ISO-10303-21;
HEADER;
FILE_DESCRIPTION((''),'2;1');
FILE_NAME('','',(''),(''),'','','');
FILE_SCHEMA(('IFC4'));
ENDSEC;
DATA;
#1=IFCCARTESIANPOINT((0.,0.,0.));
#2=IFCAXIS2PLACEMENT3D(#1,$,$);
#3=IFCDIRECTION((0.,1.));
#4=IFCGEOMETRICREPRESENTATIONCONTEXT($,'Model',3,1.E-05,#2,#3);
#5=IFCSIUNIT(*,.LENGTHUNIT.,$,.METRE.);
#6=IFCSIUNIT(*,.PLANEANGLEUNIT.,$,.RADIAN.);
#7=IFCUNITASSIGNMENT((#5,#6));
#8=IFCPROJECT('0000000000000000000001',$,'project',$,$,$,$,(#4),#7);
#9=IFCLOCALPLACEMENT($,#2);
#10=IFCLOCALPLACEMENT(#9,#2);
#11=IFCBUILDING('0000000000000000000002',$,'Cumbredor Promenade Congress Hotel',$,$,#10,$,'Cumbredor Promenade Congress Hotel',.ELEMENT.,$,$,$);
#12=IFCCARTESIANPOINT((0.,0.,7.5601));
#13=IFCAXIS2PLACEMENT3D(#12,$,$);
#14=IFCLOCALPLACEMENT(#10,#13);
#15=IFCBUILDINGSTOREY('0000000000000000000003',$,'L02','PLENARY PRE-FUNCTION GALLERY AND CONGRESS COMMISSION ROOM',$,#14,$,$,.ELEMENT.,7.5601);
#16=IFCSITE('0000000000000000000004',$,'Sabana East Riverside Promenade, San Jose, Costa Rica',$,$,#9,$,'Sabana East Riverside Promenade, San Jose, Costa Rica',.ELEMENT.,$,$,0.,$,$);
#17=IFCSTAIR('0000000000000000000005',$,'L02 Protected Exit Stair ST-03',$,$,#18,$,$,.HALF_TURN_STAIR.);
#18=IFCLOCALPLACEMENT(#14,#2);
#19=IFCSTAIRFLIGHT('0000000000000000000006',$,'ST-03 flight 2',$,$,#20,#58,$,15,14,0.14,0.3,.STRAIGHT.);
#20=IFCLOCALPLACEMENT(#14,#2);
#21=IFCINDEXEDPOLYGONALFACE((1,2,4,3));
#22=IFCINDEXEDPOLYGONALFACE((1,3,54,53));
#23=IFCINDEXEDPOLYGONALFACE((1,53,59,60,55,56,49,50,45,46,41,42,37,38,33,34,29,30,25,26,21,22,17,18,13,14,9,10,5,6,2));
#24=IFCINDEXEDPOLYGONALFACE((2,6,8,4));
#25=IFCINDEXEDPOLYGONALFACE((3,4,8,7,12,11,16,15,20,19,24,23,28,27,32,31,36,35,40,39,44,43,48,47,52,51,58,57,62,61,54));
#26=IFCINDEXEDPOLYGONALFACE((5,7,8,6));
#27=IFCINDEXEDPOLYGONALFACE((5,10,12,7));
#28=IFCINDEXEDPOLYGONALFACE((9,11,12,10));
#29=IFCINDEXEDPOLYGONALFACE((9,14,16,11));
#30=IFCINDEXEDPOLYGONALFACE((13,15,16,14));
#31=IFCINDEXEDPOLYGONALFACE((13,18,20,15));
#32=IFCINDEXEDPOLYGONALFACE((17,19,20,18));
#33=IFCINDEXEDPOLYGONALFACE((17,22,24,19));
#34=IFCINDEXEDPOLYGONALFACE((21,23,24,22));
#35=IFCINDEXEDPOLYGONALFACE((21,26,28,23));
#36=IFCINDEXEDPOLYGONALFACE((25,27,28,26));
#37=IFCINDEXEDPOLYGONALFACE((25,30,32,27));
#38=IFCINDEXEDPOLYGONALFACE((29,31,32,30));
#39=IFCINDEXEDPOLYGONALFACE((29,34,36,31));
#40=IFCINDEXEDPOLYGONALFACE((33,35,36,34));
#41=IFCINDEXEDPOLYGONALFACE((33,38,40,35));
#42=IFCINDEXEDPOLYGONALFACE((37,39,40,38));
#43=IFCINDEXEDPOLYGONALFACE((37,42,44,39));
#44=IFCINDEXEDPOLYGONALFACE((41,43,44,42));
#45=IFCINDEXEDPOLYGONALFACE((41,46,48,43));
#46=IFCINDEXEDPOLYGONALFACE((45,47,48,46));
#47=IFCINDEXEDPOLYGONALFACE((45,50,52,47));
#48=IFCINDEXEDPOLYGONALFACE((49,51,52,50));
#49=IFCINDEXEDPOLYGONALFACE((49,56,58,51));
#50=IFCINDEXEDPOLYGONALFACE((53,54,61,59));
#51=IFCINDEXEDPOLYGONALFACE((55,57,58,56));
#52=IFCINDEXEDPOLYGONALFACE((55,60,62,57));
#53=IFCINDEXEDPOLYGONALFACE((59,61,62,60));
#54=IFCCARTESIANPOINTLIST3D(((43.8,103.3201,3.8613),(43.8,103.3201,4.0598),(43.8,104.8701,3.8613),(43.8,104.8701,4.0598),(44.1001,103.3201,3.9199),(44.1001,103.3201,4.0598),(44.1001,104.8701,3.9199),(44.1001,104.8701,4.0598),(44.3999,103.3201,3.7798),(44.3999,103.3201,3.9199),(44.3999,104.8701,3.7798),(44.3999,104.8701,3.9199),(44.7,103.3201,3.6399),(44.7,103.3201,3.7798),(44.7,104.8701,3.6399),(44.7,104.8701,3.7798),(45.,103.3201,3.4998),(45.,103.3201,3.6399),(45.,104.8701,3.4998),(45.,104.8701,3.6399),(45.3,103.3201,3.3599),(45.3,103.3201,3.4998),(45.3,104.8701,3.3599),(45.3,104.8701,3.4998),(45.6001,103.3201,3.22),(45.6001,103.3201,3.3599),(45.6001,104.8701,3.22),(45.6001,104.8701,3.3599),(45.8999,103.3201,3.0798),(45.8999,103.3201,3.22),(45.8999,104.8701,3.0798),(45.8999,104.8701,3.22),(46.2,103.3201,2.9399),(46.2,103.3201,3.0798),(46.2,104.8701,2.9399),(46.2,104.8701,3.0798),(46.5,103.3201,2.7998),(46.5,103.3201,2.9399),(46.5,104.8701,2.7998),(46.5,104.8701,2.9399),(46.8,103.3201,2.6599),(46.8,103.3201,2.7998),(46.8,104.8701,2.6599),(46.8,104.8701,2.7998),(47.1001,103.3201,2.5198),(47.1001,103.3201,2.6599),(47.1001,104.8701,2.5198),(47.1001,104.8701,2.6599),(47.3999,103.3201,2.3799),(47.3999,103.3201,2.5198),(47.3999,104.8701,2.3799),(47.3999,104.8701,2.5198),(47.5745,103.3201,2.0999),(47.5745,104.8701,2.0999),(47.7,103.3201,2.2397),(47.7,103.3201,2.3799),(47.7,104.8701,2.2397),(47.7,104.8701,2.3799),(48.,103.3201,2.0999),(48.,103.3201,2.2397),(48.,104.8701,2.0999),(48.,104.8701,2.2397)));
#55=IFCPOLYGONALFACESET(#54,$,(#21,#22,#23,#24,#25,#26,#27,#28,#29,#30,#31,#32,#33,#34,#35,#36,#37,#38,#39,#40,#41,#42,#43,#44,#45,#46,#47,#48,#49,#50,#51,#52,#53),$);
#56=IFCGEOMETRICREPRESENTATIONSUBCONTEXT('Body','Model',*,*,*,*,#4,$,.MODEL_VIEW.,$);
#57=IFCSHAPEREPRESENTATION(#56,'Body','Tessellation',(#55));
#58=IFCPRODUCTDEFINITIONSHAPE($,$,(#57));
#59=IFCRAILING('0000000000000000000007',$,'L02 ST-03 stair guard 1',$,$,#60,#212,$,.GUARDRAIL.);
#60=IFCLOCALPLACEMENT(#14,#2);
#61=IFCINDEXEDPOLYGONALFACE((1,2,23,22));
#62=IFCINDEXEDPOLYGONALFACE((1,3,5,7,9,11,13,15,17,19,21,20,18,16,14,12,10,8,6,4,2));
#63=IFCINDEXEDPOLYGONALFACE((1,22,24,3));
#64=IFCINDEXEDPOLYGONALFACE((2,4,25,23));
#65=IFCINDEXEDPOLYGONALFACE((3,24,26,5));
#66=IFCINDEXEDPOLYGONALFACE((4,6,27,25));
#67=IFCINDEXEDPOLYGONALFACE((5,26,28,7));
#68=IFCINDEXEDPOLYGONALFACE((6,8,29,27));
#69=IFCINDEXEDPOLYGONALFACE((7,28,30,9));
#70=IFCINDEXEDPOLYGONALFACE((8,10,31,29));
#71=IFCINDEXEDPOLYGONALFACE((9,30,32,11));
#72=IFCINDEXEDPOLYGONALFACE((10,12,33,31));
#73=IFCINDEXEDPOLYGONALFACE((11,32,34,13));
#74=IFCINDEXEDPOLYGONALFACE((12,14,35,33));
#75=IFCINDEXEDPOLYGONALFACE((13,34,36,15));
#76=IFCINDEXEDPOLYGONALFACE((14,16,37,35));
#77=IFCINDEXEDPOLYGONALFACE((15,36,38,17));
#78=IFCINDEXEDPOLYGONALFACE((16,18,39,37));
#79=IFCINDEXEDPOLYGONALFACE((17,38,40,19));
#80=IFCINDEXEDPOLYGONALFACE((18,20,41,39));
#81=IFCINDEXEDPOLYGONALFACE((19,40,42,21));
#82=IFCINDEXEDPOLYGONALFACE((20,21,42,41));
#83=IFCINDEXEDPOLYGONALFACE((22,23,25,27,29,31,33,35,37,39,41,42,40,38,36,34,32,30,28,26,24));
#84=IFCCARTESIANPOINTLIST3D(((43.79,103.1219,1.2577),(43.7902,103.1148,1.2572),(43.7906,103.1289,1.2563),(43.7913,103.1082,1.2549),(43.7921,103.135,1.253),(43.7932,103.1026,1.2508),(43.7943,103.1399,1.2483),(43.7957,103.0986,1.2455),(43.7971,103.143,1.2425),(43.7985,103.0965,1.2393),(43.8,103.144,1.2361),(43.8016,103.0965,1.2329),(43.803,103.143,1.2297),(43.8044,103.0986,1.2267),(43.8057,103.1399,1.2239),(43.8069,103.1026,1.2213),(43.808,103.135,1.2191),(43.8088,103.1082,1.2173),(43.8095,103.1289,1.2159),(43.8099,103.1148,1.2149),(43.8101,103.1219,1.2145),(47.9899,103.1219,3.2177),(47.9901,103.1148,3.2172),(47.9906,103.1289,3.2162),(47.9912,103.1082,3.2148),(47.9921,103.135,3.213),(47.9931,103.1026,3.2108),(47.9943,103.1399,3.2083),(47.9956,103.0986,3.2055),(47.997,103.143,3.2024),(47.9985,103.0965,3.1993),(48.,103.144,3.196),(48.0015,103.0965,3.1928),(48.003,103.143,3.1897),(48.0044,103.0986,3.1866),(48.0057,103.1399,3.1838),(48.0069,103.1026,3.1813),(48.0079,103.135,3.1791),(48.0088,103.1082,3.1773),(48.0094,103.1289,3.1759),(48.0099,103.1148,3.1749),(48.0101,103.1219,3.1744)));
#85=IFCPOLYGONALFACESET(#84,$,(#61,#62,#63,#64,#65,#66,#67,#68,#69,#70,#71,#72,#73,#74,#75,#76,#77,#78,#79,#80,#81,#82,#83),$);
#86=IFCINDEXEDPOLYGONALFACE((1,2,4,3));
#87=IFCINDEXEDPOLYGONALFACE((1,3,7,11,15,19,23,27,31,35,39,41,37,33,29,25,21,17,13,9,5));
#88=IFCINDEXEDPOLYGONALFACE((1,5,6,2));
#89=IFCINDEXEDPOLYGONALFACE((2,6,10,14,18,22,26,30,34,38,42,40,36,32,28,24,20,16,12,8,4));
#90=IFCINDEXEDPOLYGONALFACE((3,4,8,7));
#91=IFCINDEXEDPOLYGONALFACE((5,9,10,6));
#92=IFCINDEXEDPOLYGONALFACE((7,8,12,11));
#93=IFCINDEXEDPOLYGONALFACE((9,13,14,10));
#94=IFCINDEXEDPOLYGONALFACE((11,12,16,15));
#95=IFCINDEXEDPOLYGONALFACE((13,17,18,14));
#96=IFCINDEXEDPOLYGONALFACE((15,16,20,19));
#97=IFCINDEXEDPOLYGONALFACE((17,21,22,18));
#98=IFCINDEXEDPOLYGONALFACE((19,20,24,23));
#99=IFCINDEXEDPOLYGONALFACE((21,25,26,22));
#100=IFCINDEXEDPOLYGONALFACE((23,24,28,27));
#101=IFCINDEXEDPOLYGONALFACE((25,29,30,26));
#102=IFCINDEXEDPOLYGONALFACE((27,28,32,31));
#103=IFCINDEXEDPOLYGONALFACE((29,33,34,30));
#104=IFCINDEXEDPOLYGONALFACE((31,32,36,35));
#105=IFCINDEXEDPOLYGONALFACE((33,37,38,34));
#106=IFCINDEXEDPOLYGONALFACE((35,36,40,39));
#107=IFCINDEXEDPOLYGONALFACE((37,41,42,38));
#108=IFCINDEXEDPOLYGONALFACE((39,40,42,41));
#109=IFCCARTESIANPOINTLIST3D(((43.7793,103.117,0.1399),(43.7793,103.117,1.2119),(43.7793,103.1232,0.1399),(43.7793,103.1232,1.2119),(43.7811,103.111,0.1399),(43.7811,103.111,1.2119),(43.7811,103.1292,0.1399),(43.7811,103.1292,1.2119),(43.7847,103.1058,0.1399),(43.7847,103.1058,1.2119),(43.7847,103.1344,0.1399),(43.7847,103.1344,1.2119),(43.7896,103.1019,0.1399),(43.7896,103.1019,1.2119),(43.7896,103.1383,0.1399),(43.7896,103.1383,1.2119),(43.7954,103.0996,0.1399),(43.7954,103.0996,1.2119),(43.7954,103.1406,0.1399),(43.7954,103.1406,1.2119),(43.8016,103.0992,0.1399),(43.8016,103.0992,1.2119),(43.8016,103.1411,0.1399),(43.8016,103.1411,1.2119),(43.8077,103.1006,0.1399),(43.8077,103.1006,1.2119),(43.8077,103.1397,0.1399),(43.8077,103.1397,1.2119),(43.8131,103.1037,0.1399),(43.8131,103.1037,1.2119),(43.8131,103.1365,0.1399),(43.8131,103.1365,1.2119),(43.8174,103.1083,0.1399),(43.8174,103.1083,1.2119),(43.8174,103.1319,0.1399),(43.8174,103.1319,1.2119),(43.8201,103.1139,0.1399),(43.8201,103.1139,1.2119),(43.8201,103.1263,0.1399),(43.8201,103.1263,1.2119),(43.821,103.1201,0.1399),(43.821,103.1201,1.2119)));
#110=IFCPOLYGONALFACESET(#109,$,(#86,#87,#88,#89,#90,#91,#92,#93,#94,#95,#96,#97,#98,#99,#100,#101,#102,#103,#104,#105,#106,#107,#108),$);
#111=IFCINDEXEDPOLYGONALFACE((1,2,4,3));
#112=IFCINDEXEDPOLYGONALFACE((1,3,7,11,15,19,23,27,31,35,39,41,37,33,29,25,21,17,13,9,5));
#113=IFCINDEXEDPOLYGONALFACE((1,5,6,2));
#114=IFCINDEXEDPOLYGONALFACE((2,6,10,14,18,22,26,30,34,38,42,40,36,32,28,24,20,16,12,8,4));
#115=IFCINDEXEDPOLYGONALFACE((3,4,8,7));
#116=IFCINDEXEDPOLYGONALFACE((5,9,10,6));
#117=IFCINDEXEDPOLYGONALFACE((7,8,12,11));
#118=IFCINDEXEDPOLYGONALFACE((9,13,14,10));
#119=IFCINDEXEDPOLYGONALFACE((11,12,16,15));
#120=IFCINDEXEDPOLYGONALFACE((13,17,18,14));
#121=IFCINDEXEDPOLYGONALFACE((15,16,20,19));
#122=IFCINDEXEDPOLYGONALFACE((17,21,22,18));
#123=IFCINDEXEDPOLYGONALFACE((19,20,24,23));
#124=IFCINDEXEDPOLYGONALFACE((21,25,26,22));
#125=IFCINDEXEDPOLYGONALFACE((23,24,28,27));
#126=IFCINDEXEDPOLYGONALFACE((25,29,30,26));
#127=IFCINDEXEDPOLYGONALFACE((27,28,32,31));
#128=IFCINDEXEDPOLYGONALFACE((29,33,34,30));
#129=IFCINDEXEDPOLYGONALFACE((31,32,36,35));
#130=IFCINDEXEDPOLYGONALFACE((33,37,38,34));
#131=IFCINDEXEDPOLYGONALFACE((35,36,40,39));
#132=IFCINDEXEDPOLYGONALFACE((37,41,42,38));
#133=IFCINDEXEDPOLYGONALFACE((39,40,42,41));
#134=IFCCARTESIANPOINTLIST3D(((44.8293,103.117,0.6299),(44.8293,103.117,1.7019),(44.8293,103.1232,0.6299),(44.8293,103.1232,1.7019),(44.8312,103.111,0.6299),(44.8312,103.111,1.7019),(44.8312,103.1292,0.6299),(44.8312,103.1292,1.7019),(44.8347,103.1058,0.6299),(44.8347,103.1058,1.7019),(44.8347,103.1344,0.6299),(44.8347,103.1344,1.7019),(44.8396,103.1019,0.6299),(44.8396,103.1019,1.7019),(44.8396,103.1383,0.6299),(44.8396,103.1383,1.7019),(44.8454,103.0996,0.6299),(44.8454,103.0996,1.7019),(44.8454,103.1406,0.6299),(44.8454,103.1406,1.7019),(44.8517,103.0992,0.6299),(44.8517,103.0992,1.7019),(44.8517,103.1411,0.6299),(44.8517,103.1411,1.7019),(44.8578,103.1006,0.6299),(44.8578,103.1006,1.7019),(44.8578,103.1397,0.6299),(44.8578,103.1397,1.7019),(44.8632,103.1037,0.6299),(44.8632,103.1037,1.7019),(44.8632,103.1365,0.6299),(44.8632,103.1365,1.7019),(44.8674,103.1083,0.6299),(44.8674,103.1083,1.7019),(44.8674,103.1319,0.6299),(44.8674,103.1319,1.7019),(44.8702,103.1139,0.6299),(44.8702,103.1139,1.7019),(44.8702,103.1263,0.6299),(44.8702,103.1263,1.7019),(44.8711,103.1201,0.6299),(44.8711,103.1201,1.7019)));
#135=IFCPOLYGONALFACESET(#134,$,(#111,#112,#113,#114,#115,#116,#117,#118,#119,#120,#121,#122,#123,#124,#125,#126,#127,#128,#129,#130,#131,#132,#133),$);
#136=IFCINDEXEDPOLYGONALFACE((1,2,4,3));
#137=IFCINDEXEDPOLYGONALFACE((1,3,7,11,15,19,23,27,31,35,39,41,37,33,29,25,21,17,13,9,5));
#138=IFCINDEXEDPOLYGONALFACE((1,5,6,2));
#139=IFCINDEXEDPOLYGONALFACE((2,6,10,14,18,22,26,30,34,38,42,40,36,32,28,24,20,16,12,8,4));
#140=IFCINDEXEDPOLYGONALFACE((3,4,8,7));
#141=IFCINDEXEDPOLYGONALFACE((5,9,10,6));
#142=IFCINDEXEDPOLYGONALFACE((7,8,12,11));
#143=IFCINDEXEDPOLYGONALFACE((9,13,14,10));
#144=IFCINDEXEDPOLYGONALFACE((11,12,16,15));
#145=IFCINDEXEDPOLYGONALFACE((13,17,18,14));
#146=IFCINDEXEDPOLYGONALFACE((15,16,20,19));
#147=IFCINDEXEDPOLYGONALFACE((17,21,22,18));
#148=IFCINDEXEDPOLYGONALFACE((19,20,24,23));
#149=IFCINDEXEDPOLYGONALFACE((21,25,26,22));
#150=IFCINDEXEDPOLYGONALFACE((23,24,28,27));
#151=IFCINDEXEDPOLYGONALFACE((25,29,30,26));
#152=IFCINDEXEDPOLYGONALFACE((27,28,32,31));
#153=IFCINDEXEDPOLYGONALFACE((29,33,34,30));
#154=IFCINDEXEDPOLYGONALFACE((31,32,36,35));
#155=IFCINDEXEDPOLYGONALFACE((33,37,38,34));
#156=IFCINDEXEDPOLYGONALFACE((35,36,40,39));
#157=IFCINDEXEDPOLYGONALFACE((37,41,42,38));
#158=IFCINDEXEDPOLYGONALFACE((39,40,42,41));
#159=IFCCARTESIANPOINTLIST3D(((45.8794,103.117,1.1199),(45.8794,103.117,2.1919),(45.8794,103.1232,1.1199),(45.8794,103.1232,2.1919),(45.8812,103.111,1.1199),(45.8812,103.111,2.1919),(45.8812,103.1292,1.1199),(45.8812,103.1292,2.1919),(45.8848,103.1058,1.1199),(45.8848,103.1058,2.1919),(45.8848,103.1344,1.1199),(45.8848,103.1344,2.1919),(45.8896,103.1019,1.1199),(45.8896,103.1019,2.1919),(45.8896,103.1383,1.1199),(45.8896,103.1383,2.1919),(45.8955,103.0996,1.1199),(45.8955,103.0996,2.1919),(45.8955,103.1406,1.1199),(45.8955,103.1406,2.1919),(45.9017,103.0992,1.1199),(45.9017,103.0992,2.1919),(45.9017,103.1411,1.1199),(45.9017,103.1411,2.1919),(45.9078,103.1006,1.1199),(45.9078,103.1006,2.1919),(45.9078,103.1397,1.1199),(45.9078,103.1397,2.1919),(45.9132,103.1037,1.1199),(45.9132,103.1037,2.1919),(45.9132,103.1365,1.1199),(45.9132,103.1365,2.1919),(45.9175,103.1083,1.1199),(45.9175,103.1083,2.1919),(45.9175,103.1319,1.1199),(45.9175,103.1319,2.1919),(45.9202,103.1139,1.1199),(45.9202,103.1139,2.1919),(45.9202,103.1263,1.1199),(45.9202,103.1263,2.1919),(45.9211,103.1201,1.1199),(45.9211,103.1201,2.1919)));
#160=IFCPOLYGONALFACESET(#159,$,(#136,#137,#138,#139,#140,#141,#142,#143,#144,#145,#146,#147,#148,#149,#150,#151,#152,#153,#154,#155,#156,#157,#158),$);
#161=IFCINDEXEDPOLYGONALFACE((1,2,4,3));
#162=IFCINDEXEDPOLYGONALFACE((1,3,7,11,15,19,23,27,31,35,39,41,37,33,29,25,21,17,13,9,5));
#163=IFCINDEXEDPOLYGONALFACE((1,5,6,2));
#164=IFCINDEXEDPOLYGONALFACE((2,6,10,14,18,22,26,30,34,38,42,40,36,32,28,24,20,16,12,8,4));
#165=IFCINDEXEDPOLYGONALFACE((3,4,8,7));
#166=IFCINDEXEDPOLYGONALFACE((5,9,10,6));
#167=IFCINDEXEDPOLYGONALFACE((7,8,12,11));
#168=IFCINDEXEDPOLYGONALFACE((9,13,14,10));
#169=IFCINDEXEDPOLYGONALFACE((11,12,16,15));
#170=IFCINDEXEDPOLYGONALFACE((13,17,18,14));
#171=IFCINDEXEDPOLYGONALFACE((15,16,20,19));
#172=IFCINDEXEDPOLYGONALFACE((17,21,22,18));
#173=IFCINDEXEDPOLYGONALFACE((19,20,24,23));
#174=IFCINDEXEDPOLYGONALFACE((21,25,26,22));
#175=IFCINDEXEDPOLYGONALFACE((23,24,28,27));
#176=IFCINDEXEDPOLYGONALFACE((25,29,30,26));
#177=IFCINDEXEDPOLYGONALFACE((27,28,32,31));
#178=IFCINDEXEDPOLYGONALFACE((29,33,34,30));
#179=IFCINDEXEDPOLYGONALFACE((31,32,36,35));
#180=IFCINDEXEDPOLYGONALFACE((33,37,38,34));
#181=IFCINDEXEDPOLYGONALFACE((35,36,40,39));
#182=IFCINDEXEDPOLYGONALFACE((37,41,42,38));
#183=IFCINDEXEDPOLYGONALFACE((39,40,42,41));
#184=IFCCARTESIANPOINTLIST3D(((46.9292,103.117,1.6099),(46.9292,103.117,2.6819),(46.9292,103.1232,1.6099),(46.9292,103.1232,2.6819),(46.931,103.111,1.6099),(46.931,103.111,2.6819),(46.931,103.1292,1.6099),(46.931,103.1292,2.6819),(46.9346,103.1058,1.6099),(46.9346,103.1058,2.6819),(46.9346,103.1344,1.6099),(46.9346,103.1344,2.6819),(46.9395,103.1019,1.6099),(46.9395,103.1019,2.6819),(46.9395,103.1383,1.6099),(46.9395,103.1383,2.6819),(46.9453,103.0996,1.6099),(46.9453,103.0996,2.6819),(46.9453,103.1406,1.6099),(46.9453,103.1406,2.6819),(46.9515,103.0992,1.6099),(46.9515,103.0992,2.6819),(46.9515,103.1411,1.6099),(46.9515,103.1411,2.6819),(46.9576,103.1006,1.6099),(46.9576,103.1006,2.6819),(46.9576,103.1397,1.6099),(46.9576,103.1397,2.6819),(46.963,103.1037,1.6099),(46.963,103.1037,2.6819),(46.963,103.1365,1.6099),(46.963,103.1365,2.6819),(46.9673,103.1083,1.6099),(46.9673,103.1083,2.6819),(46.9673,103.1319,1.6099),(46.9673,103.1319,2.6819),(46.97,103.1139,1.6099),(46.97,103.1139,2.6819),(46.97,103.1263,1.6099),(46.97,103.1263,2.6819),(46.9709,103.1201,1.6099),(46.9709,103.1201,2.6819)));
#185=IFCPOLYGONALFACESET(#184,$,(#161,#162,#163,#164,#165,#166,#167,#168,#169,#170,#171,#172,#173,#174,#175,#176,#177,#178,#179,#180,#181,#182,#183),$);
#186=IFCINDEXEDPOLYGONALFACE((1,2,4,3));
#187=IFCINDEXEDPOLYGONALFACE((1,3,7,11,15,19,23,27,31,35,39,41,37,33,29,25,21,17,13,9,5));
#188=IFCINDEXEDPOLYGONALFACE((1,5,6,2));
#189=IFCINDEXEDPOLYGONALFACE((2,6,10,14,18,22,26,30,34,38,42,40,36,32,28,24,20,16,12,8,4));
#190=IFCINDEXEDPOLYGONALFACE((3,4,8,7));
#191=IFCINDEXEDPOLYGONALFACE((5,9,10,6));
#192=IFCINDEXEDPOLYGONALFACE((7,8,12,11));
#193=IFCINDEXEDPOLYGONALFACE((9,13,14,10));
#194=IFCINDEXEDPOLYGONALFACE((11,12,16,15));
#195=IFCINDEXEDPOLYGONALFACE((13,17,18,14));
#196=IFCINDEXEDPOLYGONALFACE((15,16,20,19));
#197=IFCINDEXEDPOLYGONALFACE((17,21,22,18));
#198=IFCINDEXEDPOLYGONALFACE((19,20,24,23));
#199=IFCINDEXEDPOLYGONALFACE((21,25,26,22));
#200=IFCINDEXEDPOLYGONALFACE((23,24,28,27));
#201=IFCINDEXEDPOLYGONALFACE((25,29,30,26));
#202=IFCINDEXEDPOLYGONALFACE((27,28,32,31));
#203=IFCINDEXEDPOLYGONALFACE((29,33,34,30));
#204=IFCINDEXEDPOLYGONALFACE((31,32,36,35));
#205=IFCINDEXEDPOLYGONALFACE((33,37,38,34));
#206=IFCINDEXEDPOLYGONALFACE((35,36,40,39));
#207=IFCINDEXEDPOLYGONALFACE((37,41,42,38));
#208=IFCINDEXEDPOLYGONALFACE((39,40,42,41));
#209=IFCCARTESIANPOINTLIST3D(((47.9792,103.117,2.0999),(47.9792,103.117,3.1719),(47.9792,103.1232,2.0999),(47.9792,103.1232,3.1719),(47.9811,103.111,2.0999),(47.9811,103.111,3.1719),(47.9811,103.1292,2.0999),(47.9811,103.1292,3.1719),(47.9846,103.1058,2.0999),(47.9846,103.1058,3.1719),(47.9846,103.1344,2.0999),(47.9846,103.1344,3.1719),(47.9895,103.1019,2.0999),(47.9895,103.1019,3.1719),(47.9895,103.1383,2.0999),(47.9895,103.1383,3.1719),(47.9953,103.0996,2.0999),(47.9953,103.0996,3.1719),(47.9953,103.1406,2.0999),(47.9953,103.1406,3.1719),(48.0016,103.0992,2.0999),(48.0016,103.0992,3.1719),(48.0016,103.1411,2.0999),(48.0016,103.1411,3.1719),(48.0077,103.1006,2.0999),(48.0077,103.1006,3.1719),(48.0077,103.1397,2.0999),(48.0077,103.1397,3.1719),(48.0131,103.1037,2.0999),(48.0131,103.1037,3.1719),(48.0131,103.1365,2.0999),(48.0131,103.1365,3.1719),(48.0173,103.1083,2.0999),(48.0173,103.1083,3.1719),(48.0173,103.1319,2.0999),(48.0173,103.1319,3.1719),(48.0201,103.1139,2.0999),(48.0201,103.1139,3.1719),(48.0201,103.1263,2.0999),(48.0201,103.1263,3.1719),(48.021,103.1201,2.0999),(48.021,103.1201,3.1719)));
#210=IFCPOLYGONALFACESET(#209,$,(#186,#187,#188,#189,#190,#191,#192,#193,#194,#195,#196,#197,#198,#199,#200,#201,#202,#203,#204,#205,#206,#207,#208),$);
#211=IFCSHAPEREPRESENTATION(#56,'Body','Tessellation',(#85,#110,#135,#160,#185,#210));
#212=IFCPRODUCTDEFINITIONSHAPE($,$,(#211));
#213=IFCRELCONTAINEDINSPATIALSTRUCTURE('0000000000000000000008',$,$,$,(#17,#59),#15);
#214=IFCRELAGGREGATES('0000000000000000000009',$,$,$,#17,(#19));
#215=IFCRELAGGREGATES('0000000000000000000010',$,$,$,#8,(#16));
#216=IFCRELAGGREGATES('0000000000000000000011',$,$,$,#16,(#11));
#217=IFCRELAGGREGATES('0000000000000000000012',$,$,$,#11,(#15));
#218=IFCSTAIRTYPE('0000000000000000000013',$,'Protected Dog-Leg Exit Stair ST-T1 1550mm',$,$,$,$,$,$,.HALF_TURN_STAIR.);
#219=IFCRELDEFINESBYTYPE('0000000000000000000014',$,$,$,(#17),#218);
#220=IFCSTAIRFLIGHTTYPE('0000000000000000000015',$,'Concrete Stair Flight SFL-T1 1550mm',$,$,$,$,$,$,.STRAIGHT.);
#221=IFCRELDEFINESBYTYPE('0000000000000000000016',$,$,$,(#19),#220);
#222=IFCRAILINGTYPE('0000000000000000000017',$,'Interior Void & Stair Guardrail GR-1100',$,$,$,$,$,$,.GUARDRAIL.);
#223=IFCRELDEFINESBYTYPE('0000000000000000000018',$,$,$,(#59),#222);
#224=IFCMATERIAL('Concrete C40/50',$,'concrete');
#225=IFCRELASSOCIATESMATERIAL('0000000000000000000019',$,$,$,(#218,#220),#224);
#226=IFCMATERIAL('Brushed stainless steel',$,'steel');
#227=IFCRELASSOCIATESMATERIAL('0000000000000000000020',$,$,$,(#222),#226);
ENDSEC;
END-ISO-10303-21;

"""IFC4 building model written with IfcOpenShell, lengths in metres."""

from ifc_helpers import new_model, si_unit, direction, frame, origin, origin_2d, place, context, subcontext, project, spatial, polyline, circle, outline, extrude, material, type_object, element, aggregate, save


model = new_model("IFC4")

# Units and contexts
model_context = context("Model", 3, precision=1e-05, world=origin(), true_north=direction((0.0, 1.0)))
body_context = subcontext(model_context, "Body", "Model", "MODEL_VIEW")
ifc_project = project(units=[si_unit("LENGTHUNIT", "METRE"), si_unit("PLANEANGLEUNIT", "RADIAN")], contexts=[model_context])

# Site, building, storey
site_placement = place(None, origin())
site = spatial("IfcSite", under=ifc_project, at=site_placement, Name="Sabana East Riverside Promenade, San Jose, Costa Rica", LongName="Sabana East Riverside Promenade, San Jose, Costa Rica", CompositionType="ELEMENT", RefElevation=0.0)
building_placement = place(site_placement, origin())
building = spatial("IfcBuilding", under=site, at=building_placement, Name="Cumbredor Promenade Congress Hotel", LongName="Cumbredor Promenade Congress Hotel", CompositionType="ELEMENT")
storey_placement = place(building_placement, frame((0.0, 0.0, 7.5601)))
storey = spatial("IfcBuildingStorey", under=building, at=storey_placement, Name="L02", Description="PLENARY PRE-FUNCTION GALLERY AND CONGRESS COMMISSION ROOM", CompositionType="ELEMENT", Elevation=7.5601)

# Stair, stair flight
ifc_material_1 = material(Name="Concrete C40/50", Category="concrete")
stair_type = type_object("IfcStairType", Name="Protected Dog-Leg Exit Stair ST-T1 1550mm", PredefinedType="HALF_TURN_STAIR", material=ifc_material_1)
stair_placement = place(storey_placement, origin())
stair = element("IfcStair", 1, at=stair_placement, inside=storey, type_object=stair_type, Name="L02 Protected Exit Stair ST-03", PredefinedType="HALF_TURN_STAIR")
stair_flight_type = type_object("IfcStairFlightType", Name="Concrete Stair Flight SFL-T1 1550mm", PredefinedType="STRAIGHT", material=ifc_material_1)
stair_flight_placement = place(storey_placement, frame((48.0, 104.095, 2.0999), z_axis=(0.0, 0.0, 1.0), x_axis=(-1.0, 0.0, 0.0)))
stair_flight = element("IfcStairFlight", 2, at=stair_flight_placement, type_object=stair_flight_type, Name="ST-03 flight 2", NumberOfRisers=15, NumberOfTreads=14, PredefinedType="STRAIGHT", RiserHeight=0.14, TreadLength=0.3, context=body_context, shape_type="SweptSolid", body=[
    extrude(outline(polyline([(0.0, 0.0), (0.0, 0.1399), (0.3, 0.1399), (0.3, 0.28), (0.6001, 0.28), (0.6001, 0.4199), (0.8999, 0.4199), (0.8999, 0.5601), (1.2, 0.5601), (1.2, 0.7), (1.5, 0.7), (1.5, 0.8401), (1.8, 0.8401), (1.8, 0.98), (2.1001, 0.98), (2.1001, 1.1201), (2.3999, 1.1201), (2.3999, 1.26), (2.7, 1.26), (2.7, 1.3999), (3.0, 1.3999), (3.0, 1.54), (3.3, 1.54), (3.3, 1.6799), (3.6001, 1.6799), (3.6001, 1.8201), (3.8999, 1.8201), (3.8999, 1.96), (4.2, 1.96), (4.2, 2.1001), (4.2, 1.7615), (0.4255, 0.0), (0.0, 0.0)])), frame((0.0, 0.7749, 0.0), z_axis=(0.0, -1.0, 0.0), x_axis=(1.0, 0.0, 0.0)), (0.0, 0.0, 1.0), 1.55),
])
aggregate(stair, [stair_flight])

# Railing
ifc_material_2 = material(Name="Brushed stainless steel", Category="steel")
railing_type_1 = type_object("IfcRailingType", Name="Interior Void & Stair Guardrail GR-1100", PredefinedType="GUARDRAIL", material=ifc_material_2)
railing_1_placement = place(storey_placement, frame((43.8, 103.1201, 0.1399)))
element("IfcRailing", 3, at=railing_1_placement, inside=storey, type_object=railing_type_1, Name="L02 ST-03 stair guard 1", PredefinedType="GUARDRAIL", context=body_context, shape_type="SweptSolid", body=[
    extrude(circle(Radius=0.0239, at=origin_2d()), frame((0.0, 0.0, 1.0962), z_axis=(0.906184, 0.0, 0.422883), x_axis=(0.0, 1.0, 0.0)), (0.0, 0.0, 1.0), 4.6348),
    extrude(circle(Radius=0.021, at=origin_2d()), origin(), (0.0, 0.0, 1.0), 1.072),
    extrude(circle(Radius=0.021, at=origin_2d()), frame((1.05, 0.0, 0.49)), (0.0, 0.0, 1.0), 1.072),
    extrude(circle(Radius=0.021, at=origin_2d()), frame((2.1001, 0.0, 0.98)), (0.0, 0.0, 1.0), 1.072),
    extrude(circle(Radius=0.021, at=origin_2d()), frame((3.1499, 0.0, 1.47)), (0.0, 0.0, 1.0), 1.072),
    extrude(circle(Radius=0.021, at=origin_2d()), frame((4.2, 0.0, 1.96)), (0.0, 0.0, 1.0), 1.072),
])

save(model, "model.ifc")
